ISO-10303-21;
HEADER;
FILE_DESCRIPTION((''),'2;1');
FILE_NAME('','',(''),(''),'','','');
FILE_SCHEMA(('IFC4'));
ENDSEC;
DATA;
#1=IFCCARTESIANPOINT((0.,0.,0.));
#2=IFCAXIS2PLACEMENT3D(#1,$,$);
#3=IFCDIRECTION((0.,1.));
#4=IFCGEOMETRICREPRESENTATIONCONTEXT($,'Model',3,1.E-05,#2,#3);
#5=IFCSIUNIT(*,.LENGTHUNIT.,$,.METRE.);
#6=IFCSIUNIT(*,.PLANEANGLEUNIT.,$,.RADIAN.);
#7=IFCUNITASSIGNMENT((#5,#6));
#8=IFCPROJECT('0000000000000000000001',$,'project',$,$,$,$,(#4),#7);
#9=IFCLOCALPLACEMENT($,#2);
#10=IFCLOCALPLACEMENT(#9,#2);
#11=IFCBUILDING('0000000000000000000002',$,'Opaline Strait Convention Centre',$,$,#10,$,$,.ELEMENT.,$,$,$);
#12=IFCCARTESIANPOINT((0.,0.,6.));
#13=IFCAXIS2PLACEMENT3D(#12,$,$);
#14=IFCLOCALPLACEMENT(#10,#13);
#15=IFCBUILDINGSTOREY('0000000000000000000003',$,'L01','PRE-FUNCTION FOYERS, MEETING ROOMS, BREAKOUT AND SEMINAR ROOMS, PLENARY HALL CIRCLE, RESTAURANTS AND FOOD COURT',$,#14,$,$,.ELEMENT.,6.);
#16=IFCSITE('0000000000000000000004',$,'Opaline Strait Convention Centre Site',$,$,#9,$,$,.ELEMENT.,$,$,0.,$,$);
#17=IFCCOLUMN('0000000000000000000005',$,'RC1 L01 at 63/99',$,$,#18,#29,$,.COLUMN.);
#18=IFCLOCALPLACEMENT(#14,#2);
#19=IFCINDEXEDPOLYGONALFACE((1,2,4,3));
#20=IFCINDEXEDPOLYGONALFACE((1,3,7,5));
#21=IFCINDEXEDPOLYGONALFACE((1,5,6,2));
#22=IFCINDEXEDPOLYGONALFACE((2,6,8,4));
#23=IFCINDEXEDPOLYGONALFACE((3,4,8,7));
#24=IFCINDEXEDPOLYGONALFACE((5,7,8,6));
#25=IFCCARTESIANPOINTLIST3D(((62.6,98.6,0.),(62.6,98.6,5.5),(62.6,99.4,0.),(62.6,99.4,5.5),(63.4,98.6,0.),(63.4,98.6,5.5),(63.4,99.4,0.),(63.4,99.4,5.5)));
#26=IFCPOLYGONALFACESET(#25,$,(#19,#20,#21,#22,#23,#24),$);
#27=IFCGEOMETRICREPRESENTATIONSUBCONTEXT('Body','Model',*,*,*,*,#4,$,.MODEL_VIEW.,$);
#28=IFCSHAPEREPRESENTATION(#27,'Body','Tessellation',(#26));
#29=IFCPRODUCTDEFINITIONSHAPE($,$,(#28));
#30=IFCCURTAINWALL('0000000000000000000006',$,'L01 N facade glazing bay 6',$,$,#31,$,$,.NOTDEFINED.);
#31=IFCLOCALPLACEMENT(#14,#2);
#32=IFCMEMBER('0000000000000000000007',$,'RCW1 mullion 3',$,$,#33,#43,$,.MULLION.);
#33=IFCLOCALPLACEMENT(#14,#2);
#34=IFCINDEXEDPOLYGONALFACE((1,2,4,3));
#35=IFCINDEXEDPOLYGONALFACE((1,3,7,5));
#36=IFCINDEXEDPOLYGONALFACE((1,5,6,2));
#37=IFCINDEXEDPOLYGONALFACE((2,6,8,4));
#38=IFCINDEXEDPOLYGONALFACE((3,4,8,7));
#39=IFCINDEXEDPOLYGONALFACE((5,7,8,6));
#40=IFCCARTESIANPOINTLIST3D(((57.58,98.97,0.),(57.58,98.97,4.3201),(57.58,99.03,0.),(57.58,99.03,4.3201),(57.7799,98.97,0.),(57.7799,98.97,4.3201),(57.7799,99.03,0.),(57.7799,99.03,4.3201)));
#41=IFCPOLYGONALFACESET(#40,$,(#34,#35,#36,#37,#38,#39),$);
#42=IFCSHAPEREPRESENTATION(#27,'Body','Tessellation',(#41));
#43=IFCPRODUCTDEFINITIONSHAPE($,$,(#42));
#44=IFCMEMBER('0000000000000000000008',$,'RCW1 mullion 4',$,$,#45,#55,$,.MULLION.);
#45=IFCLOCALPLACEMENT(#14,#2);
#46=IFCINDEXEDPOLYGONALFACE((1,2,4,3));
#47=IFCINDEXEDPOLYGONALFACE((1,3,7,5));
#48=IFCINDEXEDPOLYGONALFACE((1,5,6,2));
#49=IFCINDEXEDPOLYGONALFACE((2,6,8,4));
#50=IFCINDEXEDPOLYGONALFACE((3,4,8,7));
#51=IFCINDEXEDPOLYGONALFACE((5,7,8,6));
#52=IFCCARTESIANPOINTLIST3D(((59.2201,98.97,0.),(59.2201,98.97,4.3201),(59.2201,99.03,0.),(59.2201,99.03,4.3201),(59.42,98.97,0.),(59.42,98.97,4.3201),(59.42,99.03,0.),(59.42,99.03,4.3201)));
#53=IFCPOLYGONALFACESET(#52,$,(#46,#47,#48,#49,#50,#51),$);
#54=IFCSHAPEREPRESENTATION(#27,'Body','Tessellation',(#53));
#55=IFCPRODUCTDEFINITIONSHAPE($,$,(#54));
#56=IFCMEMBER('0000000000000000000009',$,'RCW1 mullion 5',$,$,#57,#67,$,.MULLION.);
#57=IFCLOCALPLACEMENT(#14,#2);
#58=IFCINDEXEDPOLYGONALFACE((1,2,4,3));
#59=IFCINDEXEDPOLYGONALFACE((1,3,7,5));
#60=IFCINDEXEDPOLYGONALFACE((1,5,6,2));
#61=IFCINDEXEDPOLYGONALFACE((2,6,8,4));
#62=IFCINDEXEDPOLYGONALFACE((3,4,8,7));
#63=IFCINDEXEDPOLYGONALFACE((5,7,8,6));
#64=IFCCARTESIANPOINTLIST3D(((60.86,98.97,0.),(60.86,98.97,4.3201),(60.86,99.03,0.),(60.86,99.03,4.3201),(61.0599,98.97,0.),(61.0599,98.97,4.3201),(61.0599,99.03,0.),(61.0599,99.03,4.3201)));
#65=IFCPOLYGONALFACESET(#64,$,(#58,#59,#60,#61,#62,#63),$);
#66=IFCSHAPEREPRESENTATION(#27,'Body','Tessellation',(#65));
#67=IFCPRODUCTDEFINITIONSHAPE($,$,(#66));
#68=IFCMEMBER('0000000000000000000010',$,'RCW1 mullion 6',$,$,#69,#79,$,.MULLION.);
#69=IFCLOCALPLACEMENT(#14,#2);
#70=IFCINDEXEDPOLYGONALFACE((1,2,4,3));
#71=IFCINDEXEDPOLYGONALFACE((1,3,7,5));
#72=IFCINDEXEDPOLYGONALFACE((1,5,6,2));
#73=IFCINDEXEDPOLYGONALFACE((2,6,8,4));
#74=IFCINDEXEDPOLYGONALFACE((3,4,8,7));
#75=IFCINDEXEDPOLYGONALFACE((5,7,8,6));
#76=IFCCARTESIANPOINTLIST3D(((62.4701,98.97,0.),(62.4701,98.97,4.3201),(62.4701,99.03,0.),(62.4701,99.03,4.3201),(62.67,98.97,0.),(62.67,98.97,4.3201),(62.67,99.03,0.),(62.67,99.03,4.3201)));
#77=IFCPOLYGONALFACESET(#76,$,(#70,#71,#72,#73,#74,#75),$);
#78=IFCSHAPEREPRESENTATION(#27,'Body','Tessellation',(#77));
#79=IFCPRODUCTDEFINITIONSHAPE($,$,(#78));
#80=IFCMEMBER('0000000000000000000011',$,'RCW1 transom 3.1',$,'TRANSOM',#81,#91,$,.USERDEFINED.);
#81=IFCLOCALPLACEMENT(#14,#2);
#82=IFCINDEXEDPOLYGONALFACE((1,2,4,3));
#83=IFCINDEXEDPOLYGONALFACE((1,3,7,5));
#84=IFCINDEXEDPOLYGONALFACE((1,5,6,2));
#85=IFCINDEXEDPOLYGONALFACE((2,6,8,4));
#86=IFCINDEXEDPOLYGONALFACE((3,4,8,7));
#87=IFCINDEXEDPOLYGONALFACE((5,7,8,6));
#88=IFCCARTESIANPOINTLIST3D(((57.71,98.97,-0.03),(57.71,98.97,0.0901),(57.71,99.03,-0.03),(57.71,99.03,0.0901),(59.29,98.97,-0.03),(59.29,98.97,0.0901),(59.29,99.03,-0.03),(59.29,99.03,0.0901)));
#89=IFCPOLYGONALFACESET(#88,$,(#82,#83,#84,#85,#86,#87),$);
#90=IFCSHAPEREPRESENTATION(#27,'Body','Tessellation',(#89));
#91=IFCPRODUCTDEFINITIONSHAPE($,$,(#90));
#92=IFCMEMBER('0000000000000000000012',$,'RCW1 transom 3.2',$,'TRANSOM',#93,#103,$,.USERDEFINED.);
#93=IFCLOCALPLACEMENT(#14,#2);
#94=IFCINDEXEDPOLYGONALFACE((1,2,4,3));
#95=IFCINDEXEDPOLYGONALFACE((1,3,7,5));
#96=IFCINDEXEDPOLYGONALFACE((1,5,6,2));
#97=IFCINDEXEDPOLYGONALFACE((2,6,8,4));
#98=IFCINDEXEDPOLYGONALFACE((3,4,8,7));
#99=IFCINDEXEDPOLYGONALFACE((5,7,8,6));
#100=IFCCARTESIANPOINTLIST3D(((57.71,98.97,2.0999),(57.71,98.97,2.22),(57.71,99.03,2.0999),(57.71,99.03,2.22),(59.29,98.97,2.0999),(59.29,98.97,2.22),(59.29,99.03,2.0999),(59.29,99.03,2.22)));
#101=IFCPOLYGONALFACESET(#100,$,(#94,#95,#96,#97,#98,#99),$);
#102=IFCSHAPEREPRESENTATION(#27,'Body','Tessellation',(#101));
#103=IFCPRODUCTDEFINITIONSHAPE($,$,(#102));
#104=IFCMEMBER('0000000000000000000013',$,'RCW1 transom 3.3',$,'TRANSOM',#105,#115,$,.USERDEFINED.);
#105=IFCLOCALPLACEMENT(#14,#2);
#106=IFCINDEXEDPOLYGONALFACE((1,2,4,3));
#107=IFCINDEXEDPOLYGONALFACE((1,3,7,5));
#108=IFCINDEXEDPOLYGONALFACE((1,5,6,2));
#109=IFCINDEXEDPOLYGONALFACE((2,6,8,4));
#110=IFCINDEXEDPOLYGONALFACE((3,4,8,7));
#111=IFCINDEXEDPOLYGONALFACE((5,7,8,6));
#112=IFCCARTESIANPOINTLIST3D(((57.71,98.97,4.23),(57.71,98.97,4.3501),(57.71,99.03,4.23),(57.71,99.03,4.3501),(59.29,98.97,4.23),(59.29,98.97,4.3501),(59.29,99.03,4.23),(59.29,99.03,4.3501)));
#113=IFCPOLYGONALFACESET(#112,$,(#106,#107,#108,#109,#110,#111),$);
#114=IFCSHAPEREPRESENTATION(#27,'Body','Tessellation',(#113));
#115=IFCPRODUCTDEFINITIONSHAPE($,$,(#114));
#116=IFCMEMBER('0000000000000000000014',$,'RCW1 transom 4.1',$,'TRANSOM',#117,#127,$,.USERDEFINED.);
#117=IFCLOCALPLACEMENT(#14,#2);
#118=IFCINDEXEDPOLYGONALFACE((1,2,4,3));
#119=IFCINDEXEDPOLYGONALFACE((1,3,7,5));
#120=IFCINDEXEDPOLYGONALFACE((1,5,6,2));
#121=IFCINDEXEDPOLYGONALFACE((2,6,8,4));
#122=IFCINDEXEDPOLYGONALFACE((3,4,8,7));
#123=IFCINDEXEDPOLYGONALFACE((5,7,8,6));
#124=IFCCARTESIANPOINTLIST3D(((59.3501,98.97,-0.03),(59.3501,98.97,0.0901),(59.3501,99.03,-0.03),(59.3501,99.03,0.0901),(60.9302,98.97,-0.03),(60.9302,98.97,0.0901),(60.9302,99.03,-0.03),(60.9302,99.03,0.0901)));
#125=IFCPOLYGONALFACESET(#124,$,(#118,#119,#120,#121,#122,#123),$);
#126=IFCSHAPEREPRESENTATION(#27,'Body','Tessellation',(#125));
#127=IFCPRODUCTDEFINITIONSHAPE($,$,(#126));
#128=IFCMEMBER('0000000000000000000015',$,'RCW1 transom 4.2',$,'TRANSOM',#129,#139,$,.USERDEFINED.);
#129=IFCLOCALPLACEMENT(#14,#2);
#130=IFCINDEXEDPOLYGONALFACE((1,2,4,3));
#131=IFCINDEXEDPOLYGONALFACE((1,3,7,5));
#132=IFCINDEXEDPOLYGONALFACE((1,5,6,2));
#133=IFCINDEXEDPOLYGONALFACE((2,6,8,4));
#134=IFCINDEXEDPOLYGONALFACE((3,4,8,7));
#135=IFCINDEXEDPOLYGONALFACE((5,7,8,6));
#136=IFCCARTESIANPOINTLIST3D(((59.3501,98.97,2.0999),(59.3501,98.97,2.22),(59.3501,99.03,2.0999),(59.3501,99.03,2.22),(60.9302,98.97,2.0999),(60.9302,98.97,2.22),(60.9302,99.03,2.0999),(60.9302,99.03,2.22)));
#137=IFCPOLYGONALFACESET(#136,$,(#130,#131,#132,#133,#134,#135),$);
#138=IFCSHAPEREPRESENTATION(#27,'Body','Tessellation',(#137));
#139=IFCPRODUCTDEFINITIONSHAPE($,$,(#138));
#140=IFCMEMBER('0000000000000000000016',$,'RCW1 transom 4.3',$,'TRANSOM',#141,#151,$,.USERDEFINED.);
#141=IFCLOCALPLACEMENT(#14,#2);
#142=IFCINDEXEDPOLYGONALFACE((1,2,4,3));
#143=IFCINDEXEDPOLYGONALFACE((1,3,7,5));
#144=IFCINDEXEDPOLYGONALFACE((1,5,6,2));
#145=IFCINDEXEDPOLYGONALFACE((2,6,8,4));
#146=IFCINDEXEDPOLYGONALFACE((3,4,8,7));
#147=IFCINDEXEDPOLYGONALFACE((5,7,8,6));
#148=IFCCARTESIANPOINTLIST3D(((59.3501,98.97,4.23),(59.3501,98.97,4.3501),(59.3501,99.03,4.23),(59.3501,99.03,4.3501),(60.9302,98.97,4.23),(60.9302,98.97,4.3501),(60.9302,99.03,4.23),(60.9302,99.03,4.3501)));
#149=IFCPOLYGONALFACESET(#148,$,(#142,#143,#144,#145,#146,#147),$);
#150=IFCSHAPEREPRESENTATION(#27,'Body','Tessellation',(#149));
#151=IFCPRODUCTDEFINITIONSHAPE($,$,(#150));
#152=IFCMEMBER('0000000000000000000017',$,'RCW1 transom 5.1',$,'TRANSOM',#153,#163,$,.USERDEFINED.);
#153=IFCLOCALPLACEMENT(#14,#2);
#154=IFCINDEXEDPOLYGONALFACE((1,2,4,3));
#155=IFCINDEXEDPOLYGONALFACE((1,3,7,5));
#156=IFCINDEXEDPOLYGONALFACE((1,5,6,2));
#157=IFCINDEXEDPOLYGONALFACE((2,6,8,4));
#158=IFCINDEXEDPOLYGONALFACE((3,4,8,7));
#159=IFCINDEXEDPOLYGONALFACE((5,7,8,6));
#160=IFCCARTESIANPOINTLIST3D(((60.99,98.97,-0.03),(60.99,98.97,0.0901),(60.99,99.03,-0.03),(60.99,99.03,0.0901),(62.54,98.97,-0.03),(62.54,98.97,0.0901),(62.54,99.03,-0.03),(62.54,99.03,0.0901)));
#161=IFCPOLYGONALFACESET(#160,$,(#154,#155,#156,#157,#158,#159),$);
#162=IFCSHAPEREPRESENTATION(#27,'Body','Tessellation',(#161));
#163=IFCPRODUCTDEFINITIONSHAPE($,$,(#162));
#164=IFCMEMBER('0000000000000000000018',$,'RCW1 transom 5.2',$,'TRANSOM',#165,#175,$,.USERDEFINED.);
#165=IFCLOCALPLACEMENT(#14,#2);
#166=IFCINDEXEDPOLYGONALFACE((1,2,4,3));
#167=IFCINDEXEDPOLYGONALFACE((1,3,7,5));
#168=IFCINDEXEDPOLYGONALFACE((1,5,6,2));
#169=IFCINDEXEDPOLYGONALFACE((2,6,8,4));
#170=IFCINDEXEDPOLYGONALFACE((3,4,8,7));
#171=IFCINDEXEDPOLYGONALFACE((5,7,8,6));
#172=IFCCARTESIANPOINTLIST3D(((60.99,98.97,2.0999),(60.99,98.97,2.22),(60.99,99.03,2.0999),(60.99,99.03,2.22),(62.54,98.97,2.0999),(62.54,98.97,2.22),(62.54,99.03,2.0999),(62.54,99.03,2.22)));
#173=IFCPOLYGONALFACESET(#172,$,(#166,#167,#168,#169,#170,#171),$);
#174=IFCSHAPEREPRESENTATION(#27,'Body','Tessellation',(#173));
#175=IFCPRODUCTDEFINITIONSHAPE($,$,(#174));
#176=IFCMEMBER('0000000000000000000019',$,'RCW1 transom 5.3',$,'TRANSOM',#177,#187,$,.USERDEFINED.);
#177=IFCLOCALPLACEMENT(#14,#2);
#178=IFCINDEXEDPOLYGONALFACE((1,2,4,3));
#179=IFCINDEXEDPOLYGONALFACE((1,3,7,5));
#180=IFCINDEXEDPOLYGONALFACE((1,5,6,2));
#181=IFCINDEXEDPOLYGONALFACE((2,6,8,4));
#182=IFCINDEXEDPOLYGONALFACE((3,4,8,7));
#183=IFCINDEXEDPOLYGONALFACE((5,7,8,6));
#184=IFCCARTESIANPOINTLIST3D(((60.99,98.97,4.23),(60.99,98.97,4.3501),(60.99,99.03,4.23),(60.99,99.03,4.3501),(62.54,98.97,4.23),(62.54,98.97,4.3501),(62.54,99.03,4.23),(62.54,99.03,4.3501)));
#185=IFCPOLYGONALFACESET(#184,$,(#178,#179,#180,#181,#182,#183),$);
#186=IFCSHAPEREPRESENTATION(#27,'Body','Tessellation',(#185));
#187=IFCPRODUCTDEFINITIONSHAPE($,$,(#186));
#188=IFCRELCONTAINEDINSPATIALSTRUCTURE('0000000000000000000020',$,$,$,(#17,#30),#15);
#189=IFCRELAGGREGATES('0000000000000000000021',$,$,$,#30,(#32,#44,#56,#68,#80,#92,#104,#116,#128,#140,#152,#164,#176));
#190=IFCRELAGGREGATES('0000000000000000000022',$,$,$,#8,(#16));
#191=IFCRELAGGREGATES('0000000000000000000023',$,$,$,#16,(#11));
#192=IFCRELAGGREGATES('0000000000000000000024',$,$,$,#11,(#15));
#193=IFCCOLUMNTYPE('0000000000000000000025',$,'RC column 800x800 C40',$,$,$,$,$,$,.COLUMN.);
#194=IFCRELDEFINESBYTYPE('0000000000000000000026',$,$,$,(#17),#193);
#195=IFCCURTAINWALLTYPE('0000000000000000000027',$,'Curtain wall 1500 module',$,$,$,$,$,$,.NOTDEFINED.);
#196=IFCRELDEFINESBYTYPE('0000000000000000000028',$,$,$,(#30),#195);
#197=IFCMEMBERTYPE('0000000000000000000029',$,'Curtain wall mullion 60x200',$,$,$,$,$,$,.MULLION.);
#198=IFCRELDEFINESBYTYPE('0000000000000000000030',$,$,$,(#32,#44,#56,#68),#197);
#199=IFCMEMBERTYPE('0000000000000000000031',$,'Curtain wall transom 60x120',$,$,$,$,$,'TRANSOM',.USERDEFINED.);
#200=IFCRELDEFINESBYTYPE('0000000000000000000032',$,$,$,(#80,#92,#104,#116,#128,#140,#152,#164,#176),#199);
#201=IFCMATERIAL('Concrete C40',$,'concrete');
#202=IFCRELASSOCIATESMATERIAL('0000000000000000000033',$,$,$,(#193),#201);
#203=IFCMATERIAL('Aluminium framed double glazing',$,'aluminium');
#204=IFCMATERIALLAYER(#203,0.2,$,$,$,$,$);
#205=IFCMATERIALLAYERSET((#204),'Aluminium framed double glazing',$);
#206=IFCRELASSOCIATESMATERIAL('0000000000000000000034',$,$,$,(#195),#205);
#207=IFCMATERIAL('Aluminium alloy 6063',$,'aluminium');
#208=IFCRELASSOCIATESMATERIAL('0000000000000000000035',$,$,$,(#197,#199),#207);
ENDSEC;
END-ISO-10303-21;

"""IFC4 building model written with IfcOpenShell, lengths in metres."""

from ifc_helpers import new_model, si_unit, direction, frame, origin, origin_2d, place, context, subcontext, project, spatial, rectangle, extrude, material, layer, layer_set, material_profile, profile_set, type_object, element, aggregate, save


model = new_model("IFC4")

# Units and contexts
model_context = context("Model", 3, precision=1e-05, world=origin(), true_north=direction((0.0, 1.0)))
body_context = subcontext(model_context, "Body", "Model", "MODEL_VIEW")
ifc_project = project(units=[si_unit("LENGTHUNIT", "METRE"), si_unit("PLANEANGLEUNIT", "RADIAN")], contexts=[model_context])

# Site, building, storey
site_placement = place(None, origin())
site = spatial("IfcSite", under=ifc_project, at=site_placement, Name="Opaline Strait Convention Centre Site", CompositionType="ELEMENT", RefElevation=0.0)
building_placement = place(site_placement, origin())
building = spatial("IfcBuilding", under=site, at=building_placement, Name="Opaline Strait Convention Centre", CompositionType="ELEMENT")
storey_placement = place(building_placement, frame((0.0, 0.0, 6.0)))
storey = spatial("IfcBuildingStorey", under=building, at=storey_placement, Name="L01", Description="PRE-FUNCTION FOYERS, MEETING ROOMS, BREAKOUT AND SEMINAR ROOMS, PLENARY HALL CIRCLE, RESTAURANTS AND FOOD COURT", CompositionType="ELEMENT", Elevation=6.0)

# Column
ifc_material_1 = material(Name="Concrete C40", Category="concrete")
ifc_material_profile_1 = material_profile(ifc_material_1, rectangle(XDim=0.8, YDim=0.8, at=origin_2d()), Name="RC 800x800")
ifc_profile_set_1 = profile_set([ifc_material_profile_1], Name="Concrete C40")
column_type = type_object("IfcColumnType", Name="RC column 800x800 C40", PredefinedType="COLUMN", material=ifc_profile_set_1)
column_placement = place(storey_placement, frame((63.0, 99.0, 0.0), z_axis=(0.0, 0.0, 1.0), x_axis=(1.0, 0.0, 0.0)))
element("IfcColumn", 1, at=column_placement, inside=storey, type_object=column_type, Name="RC1 L01 at 63/99", PredefinedType="COLUMN", context=body_context, shape_type="SweptSolid", body=[
    extrude(rectangle(XDim=0.8, YDim=0.8, at=origin_2d()), origin(), (0.0, 0.0, 1.0), 5.5),
])

# Curtain wall, members
ifc_material_2 = material(Name="Aluminium framed double glazing", Category="aluminium")
ifc_layer_1 = layer(ifc_material_2, 0.2)
ifc_layer_set_1 = layer_set([ifc_layer_1], Name="Aluminium framed double glazing")
curtain_wall_type = type_object("IfcCurtainWallType", Name="Curtain wall 1500 module", PredefinedType="NOTDEFINED", material=ifc_layer_set_1)
curtain_wall_placement = place(storey_placement, origin())
curtain_wall = element("IfcCurtainWall", 2, at=curtain_wall_placement, inside=storey, type_object=curtain_wall_type, Name="L01 N facade glazing bay 6", PredefinedType="NOTDEFINED")
ifc_material_3 = material(Name="Aluminium alloy 6063", Category="aluminium")
ifc_material_profile_2 = material_profile(ifc_material_3, rectangle(XDim=0.0601, YDim=0.2, at=origin_2d()), Name="Curtain wall mullion 60x200")
ifc_profile_set_2 = profile_set([ifc_material_profile_2], Name="Aluminium alloy 6063")
member_type_1 = type_object("IfcMemberType", Name="Curtain wall mullion 60x200", PredefinedType="MULLION", material=ifc_profile_set_2)
member_1_placement = place(storey_placement, frame((57.6799, 99.0, 0.0), z_axis=(0.0, 0.0, 1.0), x_axis=(0.0, 1.0, 0.0)))
member_1 = element("IfcMember", 3, at=member_1_placement, type_object=member_type_1, Name="RCW1 mullion 3", PredefinedType="MULLION", context=body_context, shape_type="SweptSolid", body=[
    extrude(rectangle(XDim=0.0601, YDim=0.2, at=origin_2d()), origin(), (0.0, 0.0, 1.0), 4.3201),
])
member_2_placement = place(storey_placement, frame((59.3201, 99.0, 0.0), z_axis=(0.0, 0.0, 1.0), x_axis=(0.0, 1.0, 0.0)))
member_2 = element("IfcMember", 4, at=member_2_placement, type_object=member_type_1, Name="RCW1 mullion 4", PredefinedType="MULLION", context=body_context, shape_type="SweptSolid", body=[
    extrude(rectangle(XDim=0.0601, YDim=0.2, at=origin_2d()), origin(), (0.0, 0.0, 1.0), 4.3201),
])
member_3_placement = place(storey_placement, frame((60.96, 99.0, 0.0), z_axis=(0.0, 0.0, 1.0), x_axis=(0.0, 1.0, 0.0)))
member_3 = element("IfcMember", 5, at=member_3_placement, type_object=member_type_1, Name="RCW1 mullion 5", PredefinedType="MULLION", context=body_context, shape_type="SweptSolid", body=[
    extrude(rectangle(XDim=0.0601, YDim=0.2, at=origin_2d()), origin(), (0.0, 0.0, 1.0), 4.3201),
])
member_4_placement = place(storey_placement, frame((62.5701, 99.0, 0.0), z_axis=(0.0, 0.0, 1.0), x_axis=(0.0, 1.0, 0.0)))
member_4 = element("IfcMember", 6, at=member_4_placement, type_object=member_type_1, Name="RCW1 mullion 6", PredefinedType="MULLION", context=body_context, shape_type="SweptSolid", body=[
    extrude(rectangle(XDim=0.0601, YDim=0.2, at=origin_2d()), origin(), (0.0, 0.0, 1.0), 4.3201),
])
ifc_material_profile_3 = material_profile(ifc_material_3, rectangle(XDim=0.0601, YDim=0.1201, at=origin_2d()), Name="Curtain wall transom 60x120")
ifc_profile_set_3 = profile_set([ifc_material_profile_3], Name="Aluminium alloy 6063")
member_type_2 = type_object("IfcMemberType", Name="Curtain wall transom 60x120", ElementType="TRANSOM", PredefinedType="USERDEFINED", material=ifc_profile_set_3)
member_5_placement = place(storey_placement, frame((57.71, 99.0, 0.03), z_axis=(1.0, 0.0, 0.0), x_axis=(0.0, 1.0, 0.0)))
member_5 = element("IfcMember", 7, at=member_5_placement, type_object=member_type_2, Name="RCW1 transom 3.1", ObjectType="TRANSOM", PredefinedType="USERDEFINED", context=body_context, shape_type="SweptSolid", body=[
    extrude(rectangle(XDim=0.0601, YDim=0.1201, at=origin_2d()), origin(), (0.0, 0.0, 1.0), 1.5801),
])
member_6_placement = place(storey_placement, frame((57.71, 99.0, 2.1599), z_axis=(1.0, 0.0, 0.0), x_axis=(0.0, 1.0, 0.0)))
member_6 = element("IfcMember", 8, at=member_6_placement, type_object=member_type_2, Name="RCW1 transom 3.2", ObjectType="TRANSOM", PredefinedType="USERDEFINED", context=body_context, shape_type="SweptSolid", body=[
    extrude(rectangle(XDim=0.0601, YDim=0.1201, at=origin_2d()), origin(), (0.0, 0.0, 1.0), 1.5801),
])
member_7_placement = place(storey_placement, frame((57.71, 99.0, 4.29), z_axis=(1.0, 0.0, 0.0), x_axis=(0.0, 1.0, 0.0)))
member_7 = element("IfcMember", 9, at=member_7_placement, type_object=member_type_2, Name="RCW1 transom 3.3", ObjectType="TRANSOM", PredefinedType="USERDEFINED", context=body_context, shape_type="SweptSolid", body=[
    extrude(rectangle(XDim=0.0601, YDim=0.1201, at=origin_2d()), origin(), (0.0, 0.0, 1.0), 1.5801),
])
member_8_placement = place(storey_placement, frame((59.3501, 99.0, 0.03), z_axis=(1.0, 0.0, 0.0), x_axis=(0.0, 1.0, 0.0)))
member_8 = element("IfcMember", 10, at=member_8_placement, type_object=member_type_2, Name="RCW1 transom 4.1", ObjectType="TRANSOM", PredefinedType="USERDEFINED", context=body_context, shape_type="SweptSolid", body=[
    extrude(rectangle(XDim=0.0601, YDim=0.1201, at=origin_2d()), origin(), (0.0, 0.0, 1.0), 1.5801),
])
member_9_placement = place(storey_placement, frame((59.3501, 99.0, 2.1599), z_axis=(1.0, 0.0, 0.0), x_axis=(0.0, 1.0, 0.0)))
member_9 = element("IfcMember", 11, at=member_9_placement, type_object=member_type_2, Name="RCW1 transom 4.2", ObjectType="TRANSOM", PredefinedType="USERDEFINED", context=body_context, shape_type="SweptSolid", body=[
    extrude(rectangle(XDim=0.0601, YDim=0.1201, at=origin_2d()), origin(), (0.0, 0.0, 1.0), 1.5801),
])
member_10_placement = place(storey_placement, frame((59.3501, 99.0, 4.29), z_axis=(1.0, 0.0, 0.0), x_axis=(0.0, 1.0, 0.0)))
member_10 = element("IfcMember", 12, at=member_10_placement, type_object=member_type_2, Name="RCW1 transom 4.3", ObjectType="TRANSOM", PredefinedType="USERDEFINED", context=body_context, shape_type="SweptSolid", body=[
    extrude(rectangle(XDim=0.0601, YDim=0.1201, at=origin_2d()), origin(), (0.0, 0.0, 1.0), 1.5801),
])
member_11_placement = place(storey_placement, frame((60.99, 99.0, 0.03), z_axis=(1.0, 0.0, 0.0), x_axis=(0.0, 1.0, 0.0)))
member_11 = element("IfcMember", 13, at=member_11_placement, type_object=member_type_2, Name="RCW1 transom 5.1", ObjectType="TRANSOM", PredefinedType="USERDEFINED", context=body_context, shape_type="SweptSolid", body=[
    extrude(rectangle(XDim=0.0601, YDim=0.1201, at=origin_2d()), origin(), (0.0, 0.0, 1.0), 1.55),
])
member_12_placement = place(storey_placement, frame((60.99, 99.0, 2.1599), z_axis=(1.0, 0.0, 0.0), x_axis=(0.0, 1.0, 0.0)))
member_12 = element("IfcMember", 14, at=member_12_placement, type_object=member_type_2, Name="RCW1 transom 5.2", ObjectType="TRANSOM", PredefinedType="USERDEFINED", context=body_context, shape_type="SweptSolid", body=[
    extrude(rectangle(XDim=0.0601, YDim=0.1201, at=origin_2d()), origin(), (0.0, 0.0, 1.0), 1.55),
])
member_13_placement = place(storey_placement, frame((60.99, 99.0, 4.29), z_axis=(1.0, 0.0, 0.0), x_axis=(0.0, 1.0, 0.0)))
member_13 = element("IfcMember", 15, at=member_13_placement, type_object=member_type_2, Name="RCW1 transom 5.3", ObjectType="TRANSOM", PredefinedType="USERDEFINED", context=body_context, shape_type="SweptSolid", body=[
    extrude(rectangle(XDim=0.0601, YDim=0.1201, at=origin_2d()), origin(), (0.0, 0.0, 1.0), 1.55),
])
aggregate(curtain_wall, [member_1, member_2, member_3, member_4, member_5, member_6, member_7, member_8, member_9, member_10, member_11, member_12, member_13])

save(model, "model.ifc")
